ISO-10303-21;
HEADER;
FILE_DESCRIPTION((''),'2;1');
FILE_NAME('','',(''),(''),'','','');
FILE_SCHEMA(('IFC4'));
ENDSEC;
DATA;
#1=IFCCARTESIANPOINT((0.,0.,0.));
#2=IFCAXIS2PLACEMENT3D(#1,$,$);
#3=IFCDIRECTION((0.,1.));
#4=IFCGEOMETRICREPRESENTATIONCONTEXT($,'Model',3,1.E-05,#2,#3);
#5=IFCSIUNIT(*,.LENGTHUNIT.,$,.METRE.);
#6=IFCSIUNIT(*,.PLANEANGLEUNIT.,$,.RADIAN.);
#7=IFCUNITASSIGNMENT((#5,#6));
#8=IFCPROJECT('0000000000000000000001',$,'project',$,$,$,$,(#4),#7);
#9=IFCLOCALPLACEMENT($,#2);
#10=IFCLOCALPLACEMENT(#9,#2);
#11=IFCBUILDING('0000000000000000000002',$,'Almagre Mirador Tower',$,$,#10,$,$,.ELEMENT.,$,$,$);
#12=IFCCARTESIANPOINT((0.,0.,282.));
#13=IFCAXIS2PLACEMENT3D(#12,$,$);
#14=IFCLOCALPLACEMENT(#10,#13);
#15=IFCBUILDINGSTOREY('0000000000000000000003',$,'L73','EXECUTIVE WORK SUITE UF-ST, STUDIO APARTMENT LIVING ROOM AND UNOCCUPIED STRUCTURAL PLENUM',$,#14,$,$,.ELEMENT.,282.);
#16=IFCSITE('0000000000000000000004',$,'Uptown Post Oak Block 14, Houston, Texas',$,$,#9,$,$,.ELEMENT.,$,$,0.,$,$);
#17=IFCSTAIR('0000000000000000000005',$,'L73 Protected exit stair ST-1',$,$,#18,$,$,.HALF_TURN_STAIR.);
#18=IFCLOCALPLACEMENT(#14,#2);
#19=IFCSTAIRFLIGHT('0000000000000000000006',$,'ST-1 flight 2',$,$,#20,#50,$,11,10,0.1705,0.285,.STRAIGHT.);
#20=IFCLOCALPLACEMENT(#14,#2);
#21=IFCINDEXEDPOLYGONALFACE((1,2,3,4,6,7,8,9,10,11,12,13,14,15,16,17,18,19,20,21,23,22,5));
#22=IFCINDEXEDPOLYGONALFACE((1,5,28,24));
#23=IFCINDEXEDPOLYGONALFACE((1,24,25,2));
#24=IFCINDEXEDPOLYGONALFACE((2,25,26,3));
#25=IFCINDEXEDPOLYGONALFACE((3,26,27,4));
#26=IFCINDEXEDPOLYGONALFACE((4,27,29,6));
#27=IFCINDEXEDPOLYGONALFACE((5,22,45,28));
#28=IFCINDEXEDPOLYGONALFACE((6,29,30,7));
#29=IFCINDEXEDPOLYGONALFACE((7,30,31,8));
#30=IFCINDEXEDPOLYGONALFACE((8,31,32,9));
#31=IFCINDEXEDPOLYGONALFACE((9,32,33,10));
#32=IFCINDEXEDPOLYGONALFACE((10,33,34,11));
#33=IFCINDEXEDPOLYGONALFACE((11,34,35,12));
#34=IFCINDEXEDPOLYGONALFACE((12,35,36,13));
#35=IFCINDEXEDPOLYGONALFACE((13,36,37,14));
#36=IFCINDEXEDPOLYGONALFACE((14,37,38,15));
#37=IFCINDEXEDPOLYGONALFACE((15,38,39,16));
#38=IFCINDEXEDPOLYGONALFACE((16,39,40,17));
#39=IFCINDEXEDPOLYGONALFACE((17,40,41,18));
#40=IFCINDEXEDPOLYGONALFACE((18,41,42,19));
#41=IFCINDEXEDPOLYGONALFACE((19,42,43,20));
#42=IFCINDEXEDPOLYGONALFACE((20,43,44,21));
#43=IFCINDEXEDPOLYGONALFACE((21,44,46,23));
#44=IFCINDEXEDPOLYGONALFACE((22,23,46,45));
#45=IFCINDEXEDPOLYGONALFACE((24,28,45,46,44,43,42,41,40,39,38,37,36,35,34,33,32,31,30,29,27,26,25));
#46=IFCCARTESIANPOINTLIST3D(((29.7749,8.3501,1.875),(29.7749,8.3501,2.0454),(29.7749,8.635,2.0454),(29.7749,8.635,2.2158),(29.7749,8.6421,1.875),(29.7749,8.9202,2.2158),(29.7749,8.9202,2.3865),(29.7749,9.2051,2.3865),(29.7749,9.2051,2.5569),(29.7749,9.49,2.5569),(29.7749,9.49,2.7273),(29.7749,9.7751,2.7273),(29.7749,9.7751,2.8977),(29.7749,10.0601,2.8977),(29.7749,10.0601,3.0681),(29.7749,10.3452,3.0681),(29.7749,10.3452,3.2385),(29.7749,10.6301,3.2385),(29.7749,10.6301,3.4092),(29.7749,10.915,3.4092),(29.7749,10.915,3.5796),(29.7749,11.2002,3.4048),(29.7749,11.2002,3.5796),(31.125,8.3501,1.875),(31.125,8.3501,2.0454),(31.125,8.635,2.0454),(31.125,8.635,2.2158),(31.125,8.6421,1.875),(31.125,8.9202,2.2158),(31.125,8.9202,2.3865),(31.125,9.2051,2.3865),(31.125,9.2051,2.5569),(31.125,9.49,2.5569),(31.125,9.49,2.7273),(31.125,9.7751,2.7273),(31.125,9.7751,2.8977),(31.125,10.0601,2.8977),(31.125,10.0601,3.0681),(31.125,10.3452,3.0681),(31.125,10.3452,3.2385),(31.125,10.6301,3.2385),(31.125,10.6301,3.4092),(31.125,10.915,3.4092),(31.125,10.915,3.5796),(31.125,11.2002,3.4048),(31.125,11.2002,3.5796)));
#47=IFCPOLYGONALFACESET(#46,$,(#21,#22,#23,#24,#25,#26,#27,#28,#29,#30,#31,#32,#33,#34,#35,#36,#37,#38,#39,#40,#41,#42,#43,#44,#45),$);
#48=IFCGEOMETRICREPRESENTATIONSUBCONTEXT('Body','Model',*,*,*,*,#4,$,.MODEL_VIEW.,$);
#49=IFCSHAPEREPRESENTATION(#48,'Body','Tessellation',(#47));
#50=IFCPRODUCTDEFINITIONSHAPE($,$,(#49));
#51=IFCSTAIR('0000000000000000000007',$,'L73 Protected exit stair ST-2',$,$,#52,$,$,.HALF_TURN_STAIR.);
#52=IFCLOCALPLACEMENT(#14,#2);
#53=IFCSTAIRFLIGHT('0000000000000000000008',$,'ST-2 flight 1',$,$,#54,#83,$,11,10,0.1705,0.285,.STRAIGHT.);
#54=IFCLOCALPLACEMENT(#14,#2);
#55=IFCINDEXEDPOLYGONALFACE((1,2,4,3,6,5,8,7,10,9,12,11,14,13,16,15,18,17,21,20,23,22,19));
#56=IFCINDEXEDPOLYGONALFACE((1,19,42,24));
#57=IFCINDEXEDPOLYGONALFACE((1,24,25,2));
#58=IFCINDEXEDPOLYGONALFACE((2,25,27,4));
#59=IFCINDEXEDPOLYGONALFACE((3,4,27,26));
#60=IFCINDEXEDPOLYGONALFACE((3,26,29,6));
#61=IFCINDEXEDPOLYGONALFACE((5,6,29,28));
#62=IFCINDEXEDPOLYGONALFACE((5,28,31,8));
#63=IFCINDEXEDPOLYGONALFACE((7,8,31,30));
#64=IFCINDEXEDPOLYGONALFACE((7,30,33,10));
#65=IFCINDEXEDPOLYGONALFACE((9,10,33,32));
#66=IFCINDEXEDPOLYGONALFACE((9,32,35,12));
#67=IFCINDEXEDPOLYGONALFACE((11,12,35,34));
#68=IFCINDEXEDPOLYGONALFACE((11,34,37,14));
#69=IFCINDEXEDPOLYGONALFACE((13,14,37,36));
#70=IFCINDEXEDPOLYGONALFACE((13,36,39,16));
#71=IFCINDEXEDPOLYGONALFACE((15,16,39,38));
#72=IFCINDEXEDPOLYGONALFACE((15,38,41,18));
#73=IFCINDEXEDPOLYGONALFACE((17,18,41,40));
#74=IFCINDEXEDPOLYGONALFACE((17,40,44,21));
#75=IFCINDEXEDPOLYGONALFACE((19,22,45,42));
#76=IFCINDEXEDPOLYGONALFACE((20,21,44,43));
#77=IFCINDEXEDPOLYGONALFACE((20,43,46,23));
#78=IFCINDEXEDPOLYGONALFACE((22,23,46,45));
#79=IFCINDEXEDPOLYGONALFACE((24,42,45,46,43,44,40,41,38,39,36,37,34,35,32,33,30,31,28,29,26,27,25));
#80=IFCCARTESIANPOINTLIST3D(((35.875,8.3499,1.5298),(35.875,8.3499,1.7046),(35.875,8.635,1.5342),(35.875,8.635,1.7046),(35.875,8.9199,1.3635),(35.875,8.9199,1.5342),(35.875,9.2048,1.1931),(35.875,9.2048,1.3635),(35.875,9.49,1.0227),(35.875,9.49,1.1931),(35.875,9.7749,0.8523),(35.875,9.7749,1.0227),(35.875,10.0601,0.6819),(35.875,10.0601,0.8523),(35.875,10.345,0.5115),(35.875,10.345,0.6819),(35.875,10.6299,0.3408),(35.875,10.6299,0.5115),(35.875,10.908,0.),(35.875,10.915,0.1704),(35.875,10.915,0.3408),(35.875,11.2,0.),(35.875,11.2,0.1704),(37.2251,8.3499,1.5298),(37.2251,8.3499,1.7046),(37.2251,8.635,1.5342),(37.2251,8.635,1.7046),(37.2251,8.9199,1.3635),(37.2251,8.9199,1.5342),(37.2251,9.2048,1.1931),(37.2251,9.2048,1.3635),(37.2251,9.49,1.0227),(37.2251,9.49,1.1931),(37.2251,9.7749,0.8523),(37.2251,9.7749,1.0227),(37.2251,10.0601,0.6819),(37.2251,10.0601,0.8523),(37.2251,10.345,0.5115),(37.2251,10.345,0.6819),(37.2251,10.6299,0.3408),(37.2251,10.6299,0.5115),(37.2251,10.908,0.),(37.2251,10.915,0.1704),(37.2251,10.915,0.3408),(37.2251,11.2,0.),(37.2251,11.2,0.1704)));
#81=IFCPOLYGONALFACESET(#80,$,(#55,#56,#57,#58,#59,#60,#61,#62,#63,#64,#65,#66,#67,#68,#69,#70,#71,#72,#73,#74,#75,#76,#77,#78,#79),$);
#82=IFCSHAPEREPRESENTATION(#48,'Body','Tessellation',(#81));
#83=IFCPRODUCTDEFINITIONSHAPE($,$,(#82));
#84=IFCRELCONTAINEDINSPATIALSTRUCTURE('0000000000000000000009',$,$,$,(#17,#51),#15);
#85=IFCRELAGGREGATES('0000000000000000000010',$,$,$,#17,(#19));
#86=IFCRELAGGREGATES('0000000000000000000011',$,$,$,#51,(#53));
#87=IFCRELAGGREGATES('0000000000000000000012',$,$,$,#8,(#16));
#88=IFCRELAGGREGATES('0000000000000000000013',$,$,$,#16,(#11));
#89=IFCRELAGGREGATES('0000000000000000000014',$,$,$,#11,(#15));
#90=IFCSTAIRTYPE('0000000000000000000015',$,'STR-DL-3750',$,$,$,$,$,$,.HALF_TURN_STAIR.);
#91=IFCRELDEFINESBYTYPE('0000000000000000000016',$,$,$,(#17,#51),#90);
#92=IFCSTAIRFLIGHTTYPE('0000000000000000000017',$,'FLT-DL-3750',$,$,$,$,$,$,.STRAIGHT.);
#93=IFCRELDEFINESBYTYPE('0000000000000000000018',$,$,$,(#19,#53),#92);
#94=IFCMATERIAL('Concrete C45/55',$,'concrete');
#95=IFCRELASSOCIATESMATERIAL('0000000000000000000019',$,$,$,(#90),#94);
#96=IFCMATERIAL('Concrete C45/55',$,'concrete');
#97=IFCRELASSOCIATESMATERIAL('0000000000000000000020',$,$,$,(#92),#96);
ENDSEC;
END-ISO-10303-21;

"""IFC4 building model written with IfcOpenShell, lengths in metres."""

from ifc_helpers import new_model, si_unit, direction, frame, origin, place, context, subcontext, project, spatial, polyline, outline, extrude, material, type_object, element, aggregate, save


model = new_model("IFC4")

# Units and contexts
model_context = context("Model", 3, precision=1e-05, world=origin(), true_north=direction((0.0, 1.0)))
body_context = subcontext(model_context, "Body", "Model", "MODEL_VIEW")
ifc_project = project(units=[si_unit("LENGTHUNIT", "METRE"), si_unit("PLANEANGLEUNIT", "RADIAN")], contexts=[model_context])

# Site, building, storey
site_placement = place(None, origin())
site = spatial("IfcSite", under=ifc_project, at=site_placement, Name="Uptown Post Oak Block 14, Houston, Texas", CompositionType="ELEMENT", RefElevation=0.0)
building_placement = place(site_placement, origin())
building = spatial("IfcBuilding", under=site, at=building_placement, Name="Almagre Mirador Tower", CompositionType="ELEMENT")
storey_placement = place(building_placement, frame((0.0, 0.0, 282.0)))
storey = spatial("IfcBuildingStorey", under=building, at=storey_placement, Name="L73", Description="EXECUTIVE WORK SUITE UF-ST, STUDIO APARTMENT LIVING ROOM AND UNOCCUPIED STRUCTURAL PLENUM", CompositionType="ELEMENT", Elevation=282.0)

# Stairs, stair flights
ifc_material_1 = material(Name="Concrete C45/55", Category="concrete")
stair_type = type_object("IfcStairType", Name="STR-DL-3750", PredefinedType="HALF_TURN_STAIR", material=ifc_material_1)
stair_1_placement = place(storey_placement, origin())
stair_1 = element("IfcStair", 1, at=stair_1_placement, inside=storey, type_object=stair_type, Name="L73 Protected exit stair ST-1", PredefinedType="HALF_TURN_STAIR")
ifc_material_2 = material(Name="Concrete C45/55", Category="concrete")
stair_flight_type = type_object("IfcStairFlightType", Name="FLT-DL-3750", PredefinedType="STRAIGHT", material=ifc_material_2)
stair_flight_1_placement = place(storey_placement, frame((30.45, 8.3501, 1.875), z_axis=(0.0, 0.0, 1.0), x_axis=(0.0, 1.0, 0.0)))
stair_flight_1 = element("IfcStairFlight", 2, at=stair_flight_1_placement, type_object=stair_flight_type, Name="ST-1 flight 2", NumberOfRisers=11, NumberOfTreads=10, PredefinedType="STRAIGHT", RiserHeight=0.1705, TreadLength=0.285, context=body_context, shape_type="SweptSolid", body=[
    extrude(outline(polyline([(0.0, 0.0), (0.0, 0.1704), (0.2849, 0.1704), (0.2849, 0.3408), (0.5701, 0.3408), (0.5701, 0.5115), (0.855, 0.5115), (0.855, 0.6819), (1.1399, 0.6819), (1.1399, 0.8523), (1.425, 0.8523), (1.425, 1.0227), (1.71, 1.0227), (1.71, 1.1931), (1.9951, 1.1931), (1.9951, 1.3635), (2.28, 1.3635), (2.28, 1.5342), (2.5649, 1.5342), (2.5649, 1.7046), (2.8501, 1.7046), (2.8501, 1.875), (2.8501, 1.5298), (0.292, 0.0), (0.0, 0.0)])), frame((0.0, 0.675, 0.0), z_axis=(0.0, -1.0, 0.0), x_axis=(1.0, 0.0, 0.0)), (0.0, 0.0, 1.0), 1.3501),
])
aggregate(stair_1, [stair_flight_1])
stair_2_placement = place(storey_placement, origin())
stair_2 = element("IfcStair", 3, at=stair_2_placement, inside=storey, type_object=stair_type, Name="L73 Protected exit stair ST-2", PredefinedType="HALF_TURN_STAIR")
stair_flight_2_placement = place(storey_placement, frame((36.55, 11.2, 0.0), z_axis=(0.0, 0.0, 1.0), x_axis=(0.0, -1.0, 0.0)))
stair_flight_2 = element("IfcStairFlight", 4, at=stair_flight_2_placement, type_object=stair_flight_type, Name="ST-2 flight 1", NumberOfRisers=11, NumberOfTreads=10, PredefinedType="STRAIGHT", RiserHeight=0.1705, TreadLength=0.285, context=body_context, shape_type="SweptSolid", body=[
    extrude(outline(polyline([(0.0, 0.0), (0.0, 0.1704), (0.2849, 0.1704), (0.2849, 0.3408), (0.5701, 0.3408), (0.5701, 0.5115), (0.855, 0.5115), (0.855, 0.6819), (1.1399, 0.6819), (1.1399, 0.8523), (1.425, 0.8523), (1.425, 1.0227), (1.71, 1.0227), (1.71, 1.1931), (1.9951, 1.1931), (1.9951, 1.3635), (2.28, 1.3635), (2.28, 1.5342), (2.5649, 1.5342), (2.5649, 1.7046), (2.8501, 1.7046), (2.8501, 1.875), (2.8501, 1.5298), (0.292, 0.0), (0.0, 0.0)])), frame((0.0, 0.675, 0.0), z_axis=(0.0, -1.0, 0.0), x_axis=(1.0, 0.0, 0.0)), (0.0, 0.0, 1.0), 1.3501),
])
aggregate(stair_2, [stair_flight_2])

save(model, "model.ifc")
